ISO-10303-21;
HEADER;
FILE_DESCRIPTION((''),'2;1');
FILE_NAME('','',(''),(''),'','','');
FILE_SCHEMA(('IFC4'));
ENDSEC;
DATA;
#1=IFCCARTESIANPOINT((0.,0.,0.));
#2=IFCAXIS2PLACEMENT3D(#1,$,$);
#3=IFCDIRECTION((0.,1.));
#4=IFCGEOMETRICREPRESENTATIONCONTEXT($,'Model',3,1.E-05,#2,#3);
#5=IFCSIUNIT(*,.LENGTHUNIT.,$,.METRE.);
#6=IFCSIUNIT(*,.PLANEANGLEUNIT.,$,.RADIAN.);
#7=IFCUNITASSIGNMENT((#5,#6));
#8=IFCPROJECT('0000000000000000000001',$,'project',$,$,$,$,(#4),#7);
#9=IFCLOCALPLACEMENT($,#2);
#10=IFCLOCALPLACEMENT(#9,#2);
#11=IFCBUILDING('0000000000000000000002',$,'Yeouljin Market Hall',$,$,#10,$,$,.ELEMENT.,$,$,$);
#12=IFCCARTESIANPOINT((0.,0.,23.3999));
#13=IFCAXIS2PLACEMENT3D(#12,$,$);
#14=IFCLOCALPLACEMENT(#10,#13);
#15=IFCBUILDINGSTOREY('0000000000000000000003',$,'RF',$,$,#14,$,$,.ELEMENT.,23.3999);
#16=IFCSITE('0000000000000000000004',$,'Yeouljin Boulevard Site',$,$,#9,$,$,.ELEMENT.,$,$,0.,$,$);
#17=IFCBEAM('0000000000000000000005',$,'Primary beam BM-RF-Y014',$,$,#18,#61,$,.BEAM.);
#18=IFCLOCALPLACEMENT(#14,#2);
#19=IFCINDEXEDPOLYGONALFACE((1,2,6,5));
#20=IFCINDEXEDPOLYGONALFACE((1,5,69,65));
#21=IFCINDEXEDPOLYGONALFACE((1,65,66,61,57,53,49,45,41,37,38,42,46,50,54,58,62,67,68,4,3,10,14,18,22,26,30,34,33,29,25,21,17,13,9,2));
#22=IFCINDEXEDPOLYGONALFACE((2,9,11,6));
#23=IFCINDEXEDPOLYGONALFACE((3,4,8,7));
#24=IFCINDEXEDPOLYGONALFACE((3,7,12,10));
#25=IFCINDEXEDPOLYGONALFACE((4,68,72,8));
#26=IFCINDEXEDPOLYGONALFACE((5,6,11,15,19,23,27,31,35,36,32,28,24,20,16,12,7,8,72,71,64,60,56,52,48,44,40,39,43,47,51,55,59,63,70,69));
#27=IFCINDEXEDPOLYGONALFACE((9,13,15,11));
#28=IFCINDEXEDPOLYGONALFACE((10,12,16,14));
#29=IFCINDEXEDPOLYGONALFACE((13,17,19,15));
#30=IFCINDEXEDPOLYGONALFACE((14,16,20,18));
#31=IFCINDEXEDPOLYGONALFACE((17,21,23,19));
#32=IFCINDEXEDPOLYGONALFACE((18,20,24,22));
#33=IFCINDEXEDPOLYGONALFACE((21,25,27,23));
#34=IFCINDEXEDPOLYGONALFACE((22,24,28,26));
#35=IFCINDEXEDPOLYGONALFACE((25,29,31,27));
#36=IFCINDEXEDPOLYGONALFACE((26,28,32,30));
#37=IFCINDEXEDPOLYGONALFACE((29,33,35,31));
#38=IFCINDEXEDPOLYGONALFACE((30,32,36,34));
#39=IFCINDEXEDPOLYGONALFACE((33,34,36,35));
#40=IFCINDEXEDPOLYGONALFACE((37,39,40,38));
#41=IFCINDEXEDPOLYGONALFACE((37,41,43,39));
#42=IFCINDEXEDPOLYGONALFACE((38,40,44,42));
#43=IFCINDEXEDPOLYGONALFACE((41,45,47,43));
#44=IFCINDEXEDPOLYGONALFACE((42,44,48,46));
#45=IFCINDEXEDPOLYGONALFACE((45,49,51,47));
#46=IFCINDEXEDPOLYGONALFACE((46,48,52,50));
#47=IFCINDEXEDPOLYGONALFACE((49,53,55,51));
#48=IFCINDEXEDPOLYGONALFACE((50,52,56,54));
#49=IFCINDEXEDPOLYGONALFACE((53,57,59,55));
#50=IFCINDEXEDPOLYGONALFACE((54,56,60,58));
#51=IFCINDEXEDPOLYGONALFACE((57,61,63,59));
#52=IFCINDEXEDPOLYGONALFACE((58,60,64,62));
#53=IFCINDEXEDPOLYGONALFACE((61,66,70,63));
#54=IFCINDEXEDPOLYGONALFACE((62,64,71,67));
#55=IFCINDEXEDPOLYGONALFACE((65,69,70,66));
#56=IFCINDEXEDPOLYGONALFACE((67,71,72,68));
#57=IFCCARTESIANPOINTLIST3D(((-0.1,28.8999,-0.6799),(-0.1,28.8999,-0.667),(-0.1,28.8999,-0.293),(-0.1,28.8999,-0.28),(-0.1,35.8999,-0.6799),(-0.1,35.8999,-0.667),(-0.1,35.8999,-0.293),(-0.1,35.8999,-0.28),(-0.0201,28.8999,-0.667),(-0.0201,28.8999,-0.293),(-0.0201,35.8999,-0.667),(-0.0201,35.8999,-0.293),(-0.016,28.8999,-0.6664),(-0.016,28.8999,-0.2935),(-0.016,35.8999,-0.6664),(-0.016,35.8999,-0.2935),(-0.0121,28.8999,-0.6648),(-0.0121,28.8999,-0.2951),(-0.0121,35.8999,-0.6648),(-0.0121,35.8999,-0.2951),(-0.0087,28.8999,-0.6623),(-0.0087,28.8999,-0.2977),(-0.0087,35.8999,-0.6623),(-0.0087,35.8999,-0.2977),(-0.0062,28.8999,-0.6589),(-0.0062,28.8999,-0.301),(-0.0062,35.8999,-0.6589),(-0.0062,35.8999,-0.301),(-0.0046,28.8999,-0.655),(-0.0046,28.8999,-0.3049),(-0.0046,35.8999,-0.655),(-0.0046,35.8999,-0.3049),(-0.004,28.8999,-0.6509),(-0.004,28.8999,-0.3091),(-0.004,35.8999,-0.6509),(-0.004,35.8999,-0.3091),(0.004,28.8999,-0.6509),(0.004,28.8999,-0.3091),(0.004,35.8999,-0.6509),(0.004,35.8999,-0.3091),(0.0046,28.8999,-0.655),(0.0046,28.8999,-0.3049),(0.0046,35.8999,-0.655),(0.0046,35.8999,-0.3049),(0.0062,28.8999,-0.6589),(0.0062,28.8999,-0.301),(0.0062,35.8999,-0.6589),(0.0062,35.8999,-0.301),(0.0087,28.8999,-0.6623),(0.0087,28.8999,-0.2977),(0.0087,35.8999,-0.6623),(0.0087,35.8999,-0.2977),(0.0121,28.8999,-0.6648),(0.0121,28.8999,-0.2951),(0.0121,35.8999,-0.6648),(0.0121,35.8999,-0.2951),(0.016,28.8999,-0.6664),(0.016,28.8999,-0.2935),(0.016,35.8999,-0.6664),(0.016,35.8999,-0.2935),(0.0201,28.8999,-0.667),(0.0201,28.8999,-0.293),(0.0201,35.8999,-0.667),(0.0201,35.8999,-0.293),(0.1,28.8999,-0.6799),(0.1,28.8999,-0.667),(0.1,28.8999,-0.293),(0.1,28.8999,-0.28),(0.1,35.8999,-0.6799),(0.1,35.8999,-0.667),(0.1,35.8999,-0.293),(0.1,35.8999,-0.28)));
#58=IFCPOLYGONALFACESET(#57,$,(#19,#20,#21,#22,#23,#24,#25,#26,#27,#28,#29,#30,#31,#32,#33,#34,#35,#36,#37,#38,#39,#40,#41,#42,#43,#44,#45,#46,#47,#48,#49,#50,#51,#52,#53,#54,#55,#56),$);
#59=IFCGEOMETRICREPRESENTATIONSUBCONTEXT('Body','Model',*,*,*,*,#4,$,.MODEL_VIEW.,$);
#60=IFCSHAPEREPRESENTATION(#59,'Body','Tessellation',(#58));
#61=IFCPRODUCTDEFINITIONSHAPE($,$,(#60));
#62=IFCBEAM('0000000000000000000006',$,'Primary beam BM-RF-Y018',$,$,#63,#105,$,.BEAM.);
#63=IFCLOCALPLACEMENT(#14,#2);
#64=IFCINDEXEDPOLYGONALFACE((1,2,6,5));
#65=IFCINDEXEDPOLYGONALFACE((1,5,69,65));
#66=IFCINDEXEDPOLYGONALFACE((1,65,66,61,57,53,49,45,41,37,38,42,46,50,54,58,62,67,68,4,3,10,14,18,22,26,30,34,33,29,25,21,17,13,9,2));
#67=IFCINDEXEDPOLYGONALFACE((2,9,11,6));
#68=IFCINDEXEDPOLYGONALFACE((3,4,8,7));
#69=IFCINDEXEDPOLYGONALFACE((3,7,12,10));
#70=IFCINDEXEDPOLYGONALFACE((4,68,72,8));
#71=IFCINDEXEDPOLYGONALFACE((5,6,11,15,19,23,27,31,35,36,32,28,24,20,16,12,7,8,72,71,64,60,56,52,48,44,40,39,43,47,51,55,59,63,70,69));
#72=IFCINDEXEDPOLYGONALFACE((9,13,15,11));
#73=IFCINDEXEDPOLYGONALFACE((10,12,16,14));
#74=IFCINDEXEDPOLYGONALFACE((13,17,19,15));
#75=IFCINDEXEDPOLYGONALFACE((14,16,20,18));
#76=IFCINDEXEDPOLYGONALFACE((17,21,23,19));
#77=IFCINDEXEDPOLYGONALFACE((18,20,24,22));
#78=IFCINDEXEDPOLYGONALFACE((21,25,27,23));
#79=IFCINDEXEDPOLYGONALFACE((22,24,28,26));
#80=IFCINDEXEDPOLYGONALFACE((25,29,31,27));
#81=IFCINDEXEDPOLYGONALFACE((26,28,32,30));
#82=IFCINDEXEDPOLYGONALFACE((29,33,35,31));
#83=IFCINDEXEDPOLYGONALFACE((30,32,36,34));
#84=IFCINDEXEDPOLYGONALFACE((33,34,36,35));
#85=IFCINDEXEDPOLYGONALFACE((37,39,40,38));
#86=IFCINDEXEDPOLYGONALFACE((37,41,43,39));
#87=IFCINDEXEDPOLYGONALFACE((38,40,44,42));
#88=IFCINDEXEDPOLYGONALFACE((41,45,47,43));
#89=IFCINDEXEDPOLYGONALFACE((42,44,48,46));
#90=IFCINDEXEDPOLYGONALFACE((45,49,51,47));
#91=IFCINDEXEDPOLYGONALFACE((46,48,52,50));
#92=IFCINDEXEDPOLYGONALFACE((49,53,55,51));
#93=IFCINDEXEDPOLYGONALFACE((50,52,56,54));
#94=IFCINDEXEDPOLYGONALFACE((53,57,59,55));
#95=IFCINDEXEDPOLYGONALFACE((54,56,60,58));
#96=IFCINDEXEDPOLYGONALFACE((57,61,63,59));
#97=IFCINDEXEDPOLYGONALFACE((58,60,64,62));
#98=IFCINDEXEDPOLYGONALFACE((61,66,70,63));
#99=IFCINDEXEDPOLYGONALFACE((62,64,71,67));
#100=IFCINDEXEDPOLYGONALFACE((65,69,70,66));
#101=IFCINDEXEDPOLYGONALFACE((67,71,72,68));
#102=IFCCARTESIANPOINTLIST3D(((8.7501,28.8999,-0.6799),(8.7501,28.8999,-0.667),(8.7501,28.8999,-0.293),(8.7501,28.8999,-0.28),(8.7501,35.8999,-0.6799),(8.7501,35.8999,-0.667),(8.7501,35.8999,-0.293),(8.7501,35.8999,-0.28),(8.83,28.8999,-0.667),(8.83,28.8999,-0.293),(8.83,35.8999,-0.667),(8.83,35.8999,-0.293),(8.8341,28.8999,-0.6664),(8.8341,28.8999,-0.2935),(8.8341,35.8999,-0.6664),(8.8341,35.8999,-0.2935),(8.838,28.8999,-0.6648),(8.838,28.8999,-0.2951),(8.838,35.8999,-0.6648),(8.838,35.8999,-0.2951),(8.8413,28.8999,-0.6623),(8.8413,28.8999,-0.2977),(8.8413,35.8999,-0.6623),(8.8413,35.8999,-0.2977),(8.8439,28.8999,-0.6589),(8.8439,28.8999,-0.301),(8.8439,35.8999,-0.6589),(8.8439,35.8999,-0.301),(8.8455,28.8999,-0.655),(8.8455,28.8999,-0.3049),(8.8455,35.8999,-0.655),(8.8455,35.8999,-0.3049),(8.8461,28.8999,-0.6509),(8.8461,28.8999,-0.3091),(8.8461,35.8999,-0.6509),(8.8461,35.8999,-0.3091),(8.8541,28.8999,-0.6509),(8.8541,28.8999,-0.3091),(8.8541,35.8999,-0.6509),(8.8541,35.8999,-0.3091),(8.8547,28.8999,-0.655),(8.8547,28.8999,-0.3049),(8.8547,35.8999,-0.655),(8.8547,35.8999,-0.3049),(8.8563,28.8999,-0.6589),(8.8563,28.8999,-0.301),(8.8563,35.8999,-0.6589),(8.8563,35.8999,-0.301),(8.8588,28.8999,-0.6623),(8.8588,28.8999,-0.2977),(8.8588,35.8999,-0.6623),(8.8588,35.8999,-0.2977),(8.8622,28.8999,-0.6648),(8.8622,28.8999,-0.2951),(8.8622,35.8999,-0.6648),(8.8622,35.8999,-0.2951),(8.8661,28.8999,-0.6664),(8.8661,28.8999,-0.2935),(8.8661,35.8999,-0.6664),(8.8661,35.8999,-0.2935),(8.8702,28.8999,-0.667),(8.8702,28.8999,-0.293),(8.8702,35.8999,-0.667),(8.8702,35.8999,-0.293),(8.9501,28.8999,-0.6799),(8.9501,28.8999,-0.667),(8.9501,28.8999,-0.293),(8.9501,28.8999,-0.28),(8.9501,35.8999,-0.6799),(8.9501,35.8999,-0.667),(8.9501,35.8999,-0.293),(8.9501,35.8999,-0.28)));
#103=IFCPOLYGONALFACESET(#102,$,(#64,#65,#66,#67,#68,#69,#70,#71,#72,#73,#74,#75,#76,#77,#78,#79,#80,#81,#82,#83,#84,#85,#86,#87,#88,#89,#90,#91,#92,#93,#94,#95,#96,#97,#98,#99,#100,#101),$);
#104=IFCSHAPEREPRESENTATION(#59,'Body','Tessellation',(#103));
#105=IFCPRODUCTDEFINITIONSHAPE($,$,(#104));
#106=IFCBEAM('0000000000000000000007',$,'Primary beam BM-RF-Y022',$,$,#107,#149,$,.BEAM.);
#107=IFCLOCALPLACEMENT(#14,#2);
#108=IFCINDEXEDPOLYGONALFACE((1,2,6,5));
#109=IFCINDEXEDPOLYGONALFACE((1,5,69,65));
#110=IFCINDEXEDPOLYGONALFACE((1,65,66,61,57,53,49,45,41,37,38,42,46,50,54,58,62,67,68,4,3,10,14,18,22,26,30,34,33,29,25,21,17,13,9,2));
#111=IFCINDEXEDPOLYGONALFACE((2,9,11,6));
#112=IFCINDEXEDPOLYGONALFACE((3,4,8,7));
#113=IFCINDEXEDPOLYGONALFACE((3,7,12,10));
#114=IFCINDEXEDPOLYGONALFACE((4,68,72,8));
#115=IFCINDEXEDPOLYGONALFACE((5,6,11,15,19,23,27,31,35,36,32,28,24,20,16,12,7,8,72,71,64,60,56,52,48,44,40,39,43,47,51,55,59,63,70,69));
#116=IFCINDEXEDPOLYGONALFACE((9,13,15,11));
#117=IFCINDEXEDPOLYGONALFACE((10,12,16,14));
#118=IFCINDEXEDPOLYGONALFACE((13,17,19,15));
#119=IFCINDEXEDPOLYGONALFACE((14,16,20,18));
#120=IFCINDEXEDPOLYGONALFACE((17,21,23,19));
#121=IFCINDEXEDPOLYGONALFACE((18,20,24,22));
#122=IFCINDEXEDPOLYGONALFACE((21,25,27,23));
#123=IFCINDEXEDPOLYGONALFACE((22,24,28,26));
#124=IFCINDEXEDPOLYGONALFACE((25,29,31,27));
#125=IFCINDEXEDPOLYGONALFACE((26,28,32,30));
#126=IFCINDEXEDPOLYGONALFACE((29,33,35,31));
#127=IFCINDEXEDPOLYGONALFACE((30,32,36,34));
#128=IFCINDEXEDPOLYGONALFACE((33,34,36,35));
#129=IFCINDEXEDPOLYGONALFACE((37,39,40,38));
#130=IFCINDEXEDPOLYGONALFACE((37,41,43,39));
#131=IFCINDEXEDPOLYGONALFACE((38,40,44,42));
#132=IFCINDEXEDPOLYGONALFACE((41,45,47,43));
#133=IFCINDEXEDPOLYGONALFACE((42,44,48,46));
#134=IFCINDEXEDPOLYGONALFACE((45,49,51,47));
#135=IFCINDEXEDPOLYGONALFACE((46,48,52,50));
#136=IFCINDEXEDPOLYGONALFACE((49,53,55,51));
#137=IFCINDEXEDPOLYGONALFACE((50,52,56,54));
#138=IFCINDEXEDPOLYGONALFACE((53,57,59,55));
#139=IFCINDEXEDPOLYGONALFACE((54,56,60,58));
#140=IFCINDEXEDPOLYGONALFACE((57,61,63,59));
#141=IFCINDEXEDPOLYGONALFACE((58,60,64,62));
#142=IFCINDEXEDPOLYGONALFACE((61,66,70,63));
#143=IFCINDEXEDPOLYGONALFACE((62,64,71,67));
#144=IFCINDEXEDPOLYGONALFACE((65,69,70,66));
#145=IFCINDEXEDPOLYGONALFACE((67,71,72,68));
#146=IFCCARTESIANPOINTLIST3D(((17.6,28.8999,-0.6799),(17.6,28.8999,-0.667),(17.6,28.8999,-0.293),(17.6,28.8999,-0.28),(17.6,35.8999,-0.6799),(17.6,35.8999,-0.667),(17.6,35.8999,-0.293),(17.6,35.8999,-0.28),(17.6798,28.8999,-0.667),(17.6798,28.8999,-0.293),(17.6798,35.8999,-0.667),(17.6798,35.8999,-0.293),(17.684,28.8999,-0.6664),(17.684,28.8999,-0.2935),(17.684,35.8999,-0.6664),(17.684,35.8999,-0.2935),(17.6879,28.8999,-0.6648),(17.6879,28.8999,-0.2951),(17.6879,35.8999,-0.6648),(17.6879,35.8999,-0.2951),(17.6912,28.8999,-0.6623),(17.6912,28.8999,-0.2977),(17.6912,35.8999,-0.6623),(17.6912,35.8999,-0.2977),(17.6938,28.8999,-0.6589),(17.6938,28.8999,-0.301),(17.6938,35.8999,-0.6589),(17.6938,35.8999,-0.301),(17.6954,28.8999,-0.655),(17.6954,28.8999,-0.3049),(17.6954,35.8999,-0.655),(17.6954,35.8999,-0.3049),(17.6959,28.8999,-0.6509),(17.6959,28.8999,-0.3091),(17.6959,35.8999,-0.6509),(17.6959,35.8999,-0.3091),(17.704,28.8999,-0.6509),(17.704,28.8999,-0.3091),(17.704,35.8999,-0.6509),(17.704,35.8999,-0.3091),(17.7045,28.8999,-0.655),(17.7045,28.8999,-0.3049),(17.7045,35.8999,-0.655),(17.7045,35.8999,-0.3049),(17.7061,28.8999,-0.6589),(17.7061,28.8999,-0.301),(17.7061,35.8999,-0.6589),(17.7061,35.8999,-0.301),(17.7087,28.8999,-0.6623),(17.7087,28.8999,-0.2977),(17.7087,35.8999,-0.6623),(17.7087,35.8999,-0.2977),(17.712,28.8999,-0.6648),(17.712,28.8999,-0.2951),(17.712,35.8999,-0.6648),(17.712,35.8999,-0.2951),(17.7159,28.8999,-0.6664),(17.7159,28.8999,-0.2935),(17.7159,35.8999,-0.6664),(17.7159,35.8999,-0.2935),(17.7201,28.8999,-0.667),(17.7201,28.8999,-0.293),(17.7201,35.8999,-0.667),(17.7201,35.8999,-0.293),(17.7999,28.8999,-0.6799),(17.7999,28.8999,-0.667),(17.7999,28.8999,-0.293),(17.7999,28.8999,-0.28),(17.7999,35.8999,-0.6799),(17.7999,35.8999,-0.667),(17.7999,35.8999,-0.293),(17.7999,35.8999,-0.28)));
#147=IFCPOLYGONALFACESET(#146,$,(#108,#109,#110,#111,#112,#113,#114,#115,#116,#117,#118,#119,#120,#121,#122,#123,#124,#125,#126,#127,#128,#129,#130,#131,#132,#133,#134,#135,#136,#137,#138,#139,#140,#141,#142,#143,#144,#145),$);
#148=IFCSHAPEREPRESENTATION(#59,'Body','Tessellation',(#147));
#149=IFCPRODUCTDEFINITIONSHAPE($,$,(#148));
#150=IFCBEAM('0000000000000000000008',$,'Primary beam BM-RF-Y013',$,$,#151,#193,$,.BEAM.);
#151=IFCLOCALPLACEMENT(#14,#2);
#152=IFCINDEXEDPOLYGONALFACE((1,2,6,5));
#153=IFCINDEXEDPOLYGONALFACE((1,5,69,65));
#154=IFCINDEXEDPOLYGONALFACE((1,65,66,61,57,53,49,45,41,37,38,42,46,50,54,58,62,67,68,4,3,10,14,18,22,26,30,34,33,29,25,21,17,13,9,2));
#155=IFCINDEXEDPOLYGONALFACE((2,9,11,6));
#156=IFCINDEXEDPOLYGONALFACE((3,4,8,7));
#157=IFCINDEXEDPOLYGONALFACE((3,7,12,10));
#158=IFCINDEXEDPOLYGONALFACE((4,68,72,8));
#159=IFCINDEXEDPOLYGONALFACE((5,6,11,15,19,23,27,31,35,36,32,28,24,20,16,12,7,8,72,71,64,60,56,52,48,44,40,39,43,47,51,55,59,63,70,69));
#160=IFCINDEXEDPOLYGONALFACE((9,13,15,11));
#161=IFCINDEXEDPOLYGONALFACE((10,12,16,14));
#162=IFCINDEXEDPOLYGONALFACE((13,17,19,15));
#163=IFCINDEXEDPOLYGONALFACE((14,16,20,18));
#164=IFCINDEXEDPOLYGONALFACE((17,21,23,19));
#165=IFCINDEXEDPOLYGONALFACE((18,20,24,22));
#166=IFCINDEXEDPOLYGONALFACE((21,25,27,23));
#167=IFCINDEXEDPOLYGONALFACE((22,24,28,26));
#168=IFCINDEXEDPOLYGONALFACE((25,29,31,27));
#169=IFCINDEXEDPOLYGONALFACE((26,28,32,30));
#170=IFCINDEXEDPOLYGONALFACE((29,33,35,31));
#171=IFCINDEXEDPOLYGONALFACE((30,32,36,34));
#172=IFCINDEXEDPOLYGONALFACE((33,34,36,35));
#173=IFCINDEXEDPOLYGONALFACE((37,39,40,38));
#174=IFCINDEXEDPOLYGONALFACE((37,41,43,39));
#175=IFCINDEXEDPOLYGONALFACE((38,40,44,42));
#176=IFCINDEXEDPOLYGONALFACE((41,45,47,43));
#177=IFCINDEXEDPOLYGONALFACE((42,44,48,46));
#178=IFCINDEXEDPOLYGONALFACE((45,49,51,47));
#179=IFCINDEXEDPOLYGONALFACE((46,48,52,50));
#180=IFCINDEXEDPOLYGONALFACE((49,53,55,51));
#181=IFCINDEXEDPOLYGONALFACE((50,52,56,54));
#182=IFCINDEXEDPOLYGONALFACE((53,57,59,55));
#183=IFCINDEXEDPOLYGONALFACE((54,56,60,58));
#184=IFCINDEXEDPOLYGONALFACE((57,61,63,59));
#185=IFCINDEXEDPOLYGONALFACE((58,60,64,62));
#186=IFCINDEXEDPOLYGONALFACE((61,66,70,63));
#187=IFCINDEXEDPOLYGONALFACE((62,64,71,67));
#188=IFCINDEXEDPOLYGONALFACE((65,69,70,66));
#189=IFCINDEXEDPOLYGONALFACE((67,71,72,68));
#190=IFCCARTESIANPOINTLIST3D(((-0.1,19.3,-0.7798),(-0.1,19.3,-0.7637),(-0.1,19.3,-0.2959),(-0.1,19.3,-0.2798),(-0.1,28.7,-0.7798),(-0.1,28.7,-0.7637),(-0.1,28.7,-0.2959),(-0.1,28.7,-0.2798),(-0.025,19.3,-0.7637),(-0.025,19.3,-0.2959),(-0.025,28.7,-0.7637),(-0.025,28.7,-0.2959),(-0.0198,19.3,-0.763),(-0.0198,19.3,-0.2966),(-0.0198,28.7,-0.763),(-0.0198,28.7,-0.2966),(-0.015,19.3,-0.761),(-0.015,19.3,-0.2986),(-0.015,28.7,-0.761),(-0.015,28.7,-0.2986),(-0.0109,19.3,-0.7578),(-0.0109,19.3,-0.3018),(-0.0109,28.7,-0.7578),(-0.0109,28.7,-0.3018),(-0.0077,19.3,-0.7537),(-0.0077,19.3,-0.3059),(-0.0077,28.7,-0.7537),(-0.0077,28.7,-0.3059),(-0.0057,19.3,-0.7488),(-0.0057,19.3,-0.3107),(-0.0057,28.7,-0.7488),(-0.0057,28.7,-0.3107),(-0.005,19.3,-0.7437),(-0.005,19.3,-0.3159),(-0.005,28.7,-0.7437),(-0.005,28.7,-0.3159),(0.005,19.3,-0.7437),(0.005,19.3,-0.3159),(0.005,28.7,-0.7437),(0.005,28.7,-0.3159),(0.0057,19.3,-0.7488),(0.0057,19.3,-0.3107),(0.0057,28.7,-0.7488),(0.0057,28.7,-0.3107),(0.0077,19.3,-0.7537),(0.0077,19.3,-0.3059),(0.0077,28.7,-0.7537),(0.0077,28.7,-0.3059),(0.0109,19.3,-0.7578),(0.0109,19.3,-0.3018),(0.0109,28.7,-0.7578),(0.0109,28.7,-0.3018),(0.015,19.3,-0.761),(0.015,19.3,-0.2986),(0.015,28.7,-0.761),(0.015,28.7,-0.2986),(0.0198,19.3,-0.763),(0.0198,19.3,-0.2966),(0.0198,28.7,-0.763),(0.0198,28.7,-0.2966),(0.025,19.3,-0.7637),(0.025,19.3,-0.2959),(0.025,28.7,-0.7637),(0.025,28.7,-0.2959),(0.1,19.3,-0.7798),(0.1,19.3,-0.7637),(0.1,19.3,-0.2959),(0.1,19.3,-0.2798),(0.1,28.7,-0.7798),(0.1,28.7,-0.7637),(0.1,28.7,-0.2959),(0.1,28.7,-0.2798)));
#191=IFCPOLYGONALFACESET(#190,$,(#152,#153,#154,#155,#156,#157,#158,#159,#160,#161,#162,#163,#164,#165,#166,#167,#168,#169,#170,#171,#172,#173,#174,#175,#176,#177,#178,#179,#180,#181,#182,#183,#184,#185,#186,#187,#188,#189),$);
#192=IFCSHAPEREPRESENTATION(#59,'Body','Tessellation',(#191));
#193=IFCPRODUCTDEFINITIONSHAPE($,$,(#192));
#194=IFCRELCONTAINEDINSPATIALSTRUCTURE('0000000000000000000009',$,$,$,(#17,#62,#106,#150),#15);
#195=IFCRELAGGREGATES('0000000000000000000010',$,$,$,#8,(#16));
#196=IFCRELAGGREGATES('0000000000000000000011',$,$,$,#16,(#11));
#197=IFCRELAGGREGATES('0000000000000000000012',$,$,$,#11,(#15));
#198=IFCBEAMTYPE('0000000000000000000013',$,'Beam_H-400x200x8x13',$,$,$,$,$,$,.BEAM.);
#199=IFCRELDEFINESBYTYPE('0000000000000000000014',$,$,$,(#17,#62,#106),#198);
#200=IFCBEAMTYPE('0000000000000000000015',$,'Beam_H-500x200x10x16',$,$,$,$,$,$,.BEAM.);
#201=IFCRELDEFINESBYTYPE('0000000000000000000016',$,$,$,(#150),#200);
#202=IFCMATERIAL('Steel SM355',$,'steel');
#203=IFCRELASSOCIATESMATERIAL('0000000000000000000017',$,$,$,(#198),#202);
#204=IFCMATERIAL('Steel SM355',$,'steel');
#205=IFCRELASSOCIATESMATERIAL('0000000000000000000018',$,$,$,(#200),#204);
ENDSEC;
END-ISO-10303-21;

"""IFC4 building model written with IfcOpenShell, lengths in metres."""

from ifc_helpers import new_model, si_unit, direction, frame, origin, origin_2d, place, context, subcontext, project, spatial, i_section, extrude, material, material_profile, profile_set, type_object, element, save


model = new_model("IFC4")

# Units and contexts
model_context = context("Model", 3, precision=1e-05, world=origin(), true_north=direction((0.0, 1.0)))
body_context = subcontext(model_context, "Body", "Model", "MODEL_VIEW")
ifc_project = project(units=[si_unit("LENGTHUNIT", "METRE"), si_unit("PLANEANGLEUNIT", "RADIAN")], contexts=[model_context])

# Site, building, storey
site_placement = place(None, origin())
site = spatial("IfcSite", under=ifc_project, at=site_placement, Name="Yeouljin Boulevard Site", CompositionType="ELEMENT", RefElevation=0.0)
building_placement = place(site_placement, origin())
building = spatial("IfcBuilding", under=site, at=building_placement, Name="Yeouljin Market Hall", CompositionType="ELEMENT")
storey_placement = place(building_placement, frame((0.0, 0.0, 23.3999)))
storey = spatial("IfcBuildingStorey", under=building, at=storey_placement, Name="RF", CompositionType="ELEMENT", Elevation=23.3999)

# Beams
ifc_material_1 = material(Name="Steel SM355", Category="steel")
ifc_material_profile_1 = material_profile(ifc_material_1, i_section(OverallWidth=0.2, OverallDepth=0.3999, WebThickness=0.0081, FlangeThickness=0.0129, FilletRadius=0.0161, at=origin_2d()), Name="H-400x200x8x13")
ifc_profile_set_1 = profile_set([ifc_material_profile_1], Name="Steel SM355")
beam_type_1 = type_object("IfcBeamType", Name="Beam_H-400x200x8x13", PredefinedType="BEAM", material=ifc_profile_set_1)
for number, where, z_axis, x_axis, name in (
    (1, (0.0, 28.8999, -0.48), (0.0, 1.0, 0.0), (-1.0, 0.0, 0.0), "Primary beam BM-RF-Y014"),
    (2, (8.8501, 28.8999, -0.48), (0.0, 1.0, 0.0), (-1.0, 0.0, 0.0), "Primary beam BM-RF-Y018"),
    (3, (17.7, 28.8999, -0.48), (0.0, 1.0, 0.0), (-1.0, 0.0, 0.0), "Primary beam BM-RF-Y022"),
):
    element("IfcBeam", number, at=place(storey_placement, frame(where, z_axis=z_axis, x_axis=x_axis)), inside=storey, type_object=beam_type_1, Name=name, PredefinedType="BEAM", context=body_context, shape_type="SweptSolid", body=[
        extrude(i_section(OverallWidth=0.2, OverallDepth=0.3999, WebThickness=0.0081, FlangeThickness=0.0129, FilletRadius=0.0161, at=origin_2d()), origin(), (0.0, 0.0, 1.0), 7.0),
    ])
ifc_material_2 = material(Name="Steel SM355", Category="steel")
ifc_material_profile_2 = material_profile(ifc_material_2, i_section(OverallWidth=0.2, OverallDepth=0.5, WebThickness=0.01, FlangeThickness=0.0161, FilletRadius=0.02, at=origin_2d()), Name="H-500x200x10x16")
ifc_profile_set_2 = profile_set([ifc_material_profile_2], Name="Steel SM355")
beam_type_2 = type_object("IfcBeamType", Name="Beam_H-500x200x10x16", PredefinedType="BEAM", material=ifc_profile_set_2)
for number, where, z_axis, x_axis, name in (
    (4, (0.0, 19.3, -0.5298), (0.0, 1.0, 0.0), (-1.0, 0.0, 0.0), "Primary beam BM-RF-Y013"),
):
    element("IfcBeam", number, at=place(storey_placement, frame(where, z_axis=z_axis, x_axis=x_axis)), inside=storey, type_object=beam_type_2, Name=name, PredefinedType="BEAM", context=body_context, shape_type="SweptSolid", body=[
        extrude(i_section(OverallWidth=0.2, OverallDepth=0.5, WebThickness=0.01, FlangeThickness=0.0161, FilletRadius=0.02, at=origin_2d()), origin(), (0.0, 0.0, 1.0), 9.3999),
    ])

save(model, "model.ifc")
